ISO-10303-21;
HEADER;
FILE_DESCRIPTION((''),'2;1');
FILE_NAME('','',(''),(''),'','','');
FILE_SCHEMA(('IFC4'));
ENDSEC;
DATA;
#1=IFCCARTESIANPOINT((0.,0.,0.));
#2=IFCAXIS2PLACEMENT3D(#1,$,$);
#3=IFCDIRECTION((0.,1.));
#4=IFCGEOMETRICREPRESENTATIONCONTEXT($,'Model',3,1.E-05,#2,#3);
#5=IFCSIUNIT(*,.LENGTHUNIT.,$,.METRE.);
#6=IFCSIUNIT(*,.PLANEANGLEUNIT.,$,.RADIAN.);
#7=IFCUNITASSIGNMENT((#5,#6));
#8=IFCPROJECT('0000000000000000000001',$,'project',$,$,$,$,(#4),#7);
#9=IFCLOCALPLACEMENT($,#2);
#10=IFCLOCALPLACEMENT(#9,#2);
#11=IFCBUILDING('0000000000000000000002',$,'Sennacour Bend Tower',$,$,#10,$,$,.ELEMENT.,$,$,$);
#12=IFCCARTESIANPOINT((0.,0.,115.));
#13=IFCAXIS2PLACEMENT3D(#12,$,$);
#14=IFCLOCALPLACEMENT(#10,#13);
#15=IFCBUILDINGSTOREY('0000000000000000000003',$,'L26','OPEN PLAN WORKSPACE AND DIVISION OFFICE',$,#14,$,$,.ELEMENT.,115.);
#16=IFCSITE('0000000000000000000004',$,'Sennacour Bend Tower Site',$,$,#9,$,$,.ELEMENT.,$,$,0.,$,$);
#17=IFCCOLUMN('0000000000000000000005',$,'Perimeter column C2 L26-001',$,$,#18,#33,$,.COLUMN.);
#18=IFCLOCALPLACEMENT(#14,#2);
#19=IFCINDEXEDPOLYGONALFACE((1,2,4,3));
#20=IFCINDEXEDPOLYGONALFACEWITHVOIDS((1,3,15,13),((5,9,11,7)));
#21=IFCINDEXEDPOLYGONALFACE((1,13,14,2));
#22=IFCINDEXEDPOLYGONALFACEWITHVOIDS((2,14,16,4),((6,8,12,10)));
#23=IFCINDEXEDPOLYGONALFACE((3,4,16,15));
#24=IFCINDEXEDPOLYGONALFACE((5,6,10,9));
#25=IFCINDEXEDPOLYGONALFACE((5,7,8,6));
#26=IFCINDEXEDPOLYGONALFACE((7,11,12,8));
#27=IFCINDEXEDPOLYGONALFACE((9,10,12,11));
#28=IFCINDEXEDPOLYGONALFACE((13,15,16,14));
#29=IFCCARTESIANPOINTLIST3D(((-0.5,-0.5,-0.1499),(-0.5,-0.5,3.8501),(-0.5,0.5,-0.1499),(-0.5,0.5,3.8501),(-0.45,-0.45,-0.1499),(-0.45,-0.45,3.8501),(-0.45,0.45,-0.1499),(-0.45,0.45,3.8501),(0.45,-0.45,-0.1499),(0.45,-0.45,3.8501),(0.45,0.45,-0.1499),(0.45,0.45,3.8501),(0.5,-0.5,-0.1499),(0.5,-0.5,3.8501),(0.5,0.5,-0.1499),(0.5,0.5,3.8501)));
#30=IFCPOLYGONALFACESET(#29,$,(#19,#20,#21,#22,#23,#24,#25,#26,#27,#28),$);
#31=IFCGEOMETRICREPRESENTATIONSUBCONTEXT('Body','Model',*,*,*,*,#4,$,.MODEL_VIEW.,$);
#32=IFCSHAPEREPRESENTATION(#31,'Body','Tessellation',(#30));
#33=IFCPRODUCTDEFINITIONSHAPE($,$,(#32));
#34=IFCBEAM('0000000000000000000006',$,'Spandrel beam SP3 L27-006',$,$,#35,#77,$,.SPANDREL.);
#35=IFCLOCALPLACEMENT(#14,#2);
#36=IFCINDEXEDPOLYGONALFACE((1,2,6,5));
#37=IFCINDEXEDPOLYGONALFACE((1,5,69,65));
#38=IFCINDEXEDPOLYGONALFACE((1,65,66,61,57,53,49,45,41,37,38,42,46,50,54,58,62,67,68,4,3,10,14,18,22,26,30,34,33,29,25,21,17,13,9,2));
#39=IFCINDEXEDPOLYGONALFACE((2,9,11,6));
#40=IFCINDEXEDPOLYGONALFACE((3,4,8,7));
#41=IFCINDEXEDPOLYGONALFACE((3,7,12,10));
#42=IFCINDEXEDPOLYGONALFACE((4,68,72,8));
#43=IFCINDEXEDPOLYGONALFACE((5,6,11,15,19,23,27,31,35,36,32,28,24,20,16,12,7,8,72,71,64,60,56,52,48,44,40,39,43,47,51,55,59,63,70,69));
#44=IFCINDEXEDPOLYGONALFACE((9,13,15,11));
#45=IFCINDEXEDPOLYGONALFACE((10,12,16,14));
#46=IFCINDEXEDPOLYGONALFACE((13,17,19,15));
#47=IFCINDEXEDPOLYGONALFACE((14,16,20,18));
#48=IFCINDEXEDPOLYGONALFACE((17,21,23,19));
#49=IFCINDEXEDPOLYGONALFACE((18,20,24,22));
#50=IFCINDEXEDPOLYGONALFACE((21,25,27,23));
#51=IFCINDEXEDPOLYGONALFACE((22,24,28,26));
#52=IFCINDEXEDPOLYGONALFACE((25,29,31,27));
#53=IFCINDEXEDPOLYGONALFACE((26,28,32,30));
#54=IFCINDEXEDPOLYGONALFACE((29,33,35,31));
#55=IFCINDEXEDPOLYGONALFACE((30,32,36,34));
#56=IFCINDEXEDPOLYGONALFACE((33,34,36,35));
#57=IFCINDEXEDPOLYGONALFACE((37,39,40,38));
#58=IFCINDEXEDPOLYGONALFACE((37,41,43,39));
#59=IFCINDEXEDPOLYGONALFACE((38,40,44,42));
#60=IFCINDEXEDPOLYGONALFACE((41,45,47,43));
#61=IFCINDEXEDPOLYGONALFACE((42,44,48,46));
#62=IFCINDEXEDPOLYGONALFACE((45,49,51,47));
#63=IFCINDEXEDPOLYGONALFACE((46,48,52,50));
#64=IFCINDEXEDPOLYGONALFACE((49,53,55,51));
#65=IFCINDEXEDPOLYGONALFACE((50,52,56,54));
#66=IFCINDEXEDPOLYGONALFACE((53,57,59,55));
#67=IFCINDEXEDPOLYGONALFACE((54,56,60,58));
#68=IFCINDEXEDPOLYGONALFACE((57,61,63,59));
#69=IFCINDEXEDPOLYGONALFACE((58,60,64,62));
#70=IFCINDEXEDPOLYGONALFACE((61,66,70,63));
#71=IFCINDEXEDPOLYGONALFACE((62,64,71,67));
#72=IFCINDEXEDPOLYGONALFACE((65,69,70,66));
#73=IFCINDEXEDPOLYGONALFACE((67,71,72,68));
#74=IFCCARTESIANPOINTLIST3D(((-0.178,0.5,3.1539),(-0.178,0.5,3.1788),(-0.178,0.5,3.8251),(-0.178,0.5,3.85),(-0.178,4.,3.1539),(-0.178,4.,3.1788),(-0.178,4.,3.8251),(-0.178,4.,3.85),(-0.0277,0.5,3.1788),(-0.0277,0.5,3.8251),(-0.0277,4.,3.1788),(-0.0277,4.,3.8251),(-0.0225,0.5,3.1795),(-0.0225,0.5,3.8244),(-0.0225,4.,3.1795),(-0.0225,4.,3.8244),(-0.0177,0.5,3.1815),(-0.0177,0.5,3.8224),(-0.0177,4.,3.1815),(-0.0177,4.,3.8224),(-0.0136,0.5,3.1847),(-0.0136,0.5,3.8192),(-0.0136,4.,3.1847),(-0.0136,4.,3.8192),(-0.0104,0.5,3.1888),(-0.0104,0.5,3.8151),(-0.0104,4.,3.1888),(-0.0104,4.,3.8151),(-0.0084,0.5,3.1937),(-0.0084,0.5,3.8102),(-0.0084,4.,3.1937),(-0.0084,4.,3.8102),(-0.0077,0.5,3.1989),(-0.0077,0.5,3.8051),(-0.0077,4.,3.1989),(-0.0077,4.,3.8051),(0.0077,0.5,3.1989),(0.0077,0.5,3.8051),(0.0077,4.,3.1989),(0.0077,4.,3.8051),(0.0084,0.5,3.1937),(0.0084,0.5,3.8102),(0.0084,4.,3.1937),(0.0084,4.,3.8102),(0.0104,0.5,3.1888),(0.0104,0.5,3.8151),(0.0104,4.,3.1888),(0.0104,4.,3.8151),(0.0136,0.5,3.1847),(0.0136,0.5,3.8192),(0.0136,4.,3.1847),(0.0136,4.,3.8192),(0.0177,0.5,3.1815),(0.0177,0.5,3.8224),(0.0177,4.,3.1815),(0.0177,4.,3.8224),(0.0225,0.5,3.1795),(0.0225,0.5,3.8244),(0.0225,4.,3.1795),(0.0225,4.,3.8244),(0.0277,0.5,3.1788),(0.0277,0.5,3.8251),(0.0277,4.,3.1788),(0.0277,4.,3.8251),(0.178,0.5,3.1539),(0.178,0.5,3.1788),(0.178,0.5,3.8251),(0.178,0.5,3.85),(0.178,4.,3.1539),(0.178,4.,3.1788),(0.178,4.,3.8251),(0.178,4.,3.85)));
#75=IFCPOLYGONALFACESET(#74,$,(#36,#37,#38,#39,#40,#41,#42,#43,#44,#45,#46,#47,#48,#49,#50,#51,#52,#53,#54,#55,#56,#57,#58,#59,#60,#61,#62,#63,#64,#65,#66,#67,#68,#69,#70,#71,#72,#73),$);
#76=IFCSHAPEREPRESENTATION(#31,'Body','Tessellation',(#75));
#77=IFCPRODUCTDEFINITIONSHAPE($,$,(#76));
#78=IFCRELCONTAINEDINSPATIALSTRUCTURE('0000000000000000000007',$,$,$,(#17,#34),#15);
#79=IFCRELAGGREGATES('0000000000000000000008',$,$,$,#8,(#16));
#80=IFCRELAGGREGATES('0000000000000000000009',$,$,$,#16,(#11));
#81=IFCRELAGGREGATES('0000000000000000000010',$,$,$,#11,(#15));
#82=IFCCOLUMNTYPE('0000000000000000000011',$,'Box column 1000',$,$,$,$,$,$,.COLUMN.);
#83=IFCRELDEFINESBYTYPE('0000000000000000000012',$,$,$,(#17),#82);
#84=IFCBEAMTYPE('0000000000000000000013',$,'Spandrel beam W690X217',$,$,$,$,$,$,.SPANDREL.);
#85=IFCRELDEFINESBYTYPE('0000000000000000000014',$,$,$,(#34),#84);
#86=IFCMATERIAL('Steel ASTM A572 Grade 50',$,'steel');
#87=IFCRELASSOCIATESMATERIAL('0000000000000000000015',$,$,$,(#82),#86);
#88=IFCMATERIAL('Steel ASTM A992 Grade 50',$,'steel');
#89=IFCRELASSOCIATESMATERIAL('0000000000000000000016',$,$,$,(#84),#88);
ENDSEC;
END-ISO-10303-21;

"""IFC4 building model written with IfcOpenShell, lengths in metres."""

from ifc_helpers import new_model, si_unit, direction, frame, origin, origin_2d, place, context, subcontext, project, spatial, hollow_rectangle, i_section, extrude, material, material_profile, profile_set, type_object, element, save


model = new_model("IFC4")

# Units and contexts
model_context = context("Model", 3, precision=1e-05, world=origin(), true_north=direction((0.0, 1.0)))
body_context = subcontext(model_context, "Body", "Model", "MODEL_VIEW")
ifc_project = project(units=[si_unit("LENGTHUNIT", "METRE"), si_unit("PLANEANGLEUNIT", "RADIAN")], contexts=[model_context])

# Site, building, storey
site_placement = place(None, origin())
site = spatial("IfcSite", under=ifc_project, at=site_placement, Name="Sennacour Bend Tower Site", CompositionType="ELEMENT", RefElevation=0.0)
building_placement = place(site_placement, origin())
building = spatial("IfcBuilding", under=site, at=building_placement, Name="Sennacour Bend Tower", CompositionType="ELEMENT")
storey_placement = place(building_placement, frame((0.0, 0.0, 115.0)))
storey = spatial("IfcBuildingStorey", under=building, at=storey_placement, Name="L26", Description="OPEN PLAN WORKSPACE AND DIVISION OFFICE", CompositionType="ELEMENT", Elevation=115.0)

# Column
ifc_material_1 = material(Name="Steel ASTM A572 Grade 50", Category="steel")
ifc_material_profile_1 = material_profile(ifc_material_1, hollow_rectangle(XDim=1.0, YDim=1.0, WallThickness=0.05, at=origin_2d()), Name="Steel ASTM A572 Grade 50", Category="steel")
ifc_profile_set_1 = profile_set([ifc_material_profile_1], Name="Steel ASTM A572 Grade 50")
column_type = type_object("IfcColumnType", Name="Box column 1000", PredefinedType="COLUMN", material=ifc_profile_set_1)
column_placement = place(storey_placement, frame((0.0, 0.0, -0.1499), z_axis=(0.0, 0.0, 1.0), x_axis=(1.0, 0.0, 0.0)))
element("IfcColumn", 1, at=column_placement, inside=storey, type_object=column_type, Name="Perimeter column C2 L26-001", PredefinedType="COLUMN", context=body_context, shape_type="SweptSolid", body=[
    extrude(hollow_rectangle(XDim=1.0, YDim=1.0, WallThickness=0.05, at=origin_2d()), origin(), (0.0, 0.0, 1.0), 4.0),
])

# Beam
ifc_material_2 = material(Name="Steel ASTM A992 Grade 50", Category="steel")
ifc_material_profile_2 = material_profile(ifc_material_2, i_section(OverallWidth=0.356, OverallDepth=0.696, WebThickness=0.0154, FlangeThickness=0.0249, FilletRadius=0.02, at=origin_2d()), Name="Steel ASTM A992 Grade 50", Category="steel")
ifc_profile_set_2 = profile_set([ifc_material_profile_2], Name="Steel ASTM A992 Grade 50")
beam_type = type_object("IfcBeamType", Name="Spandrel beam W690X217", PredefinedType="SPANDREL", material=ifc_profile_set_2)
beam_placement = place(storey_placement, frame((0.0, 0.5, 3.502), z_axis=(0.0, 1.0, 0.0), x_axis=(-1.0, 0.0, 0.0)))
element("IfcBeam", 2, at=beam_placement, inside=storey, type_object=beam_type, Name="Spandrel beam SP3 L27-006", PredefinedType="SPANDREL", context=body_context, shape_type="SweptSolid", body=[
    extrude(i_section(OverallWidth=0.356, OverallDepth=0.696, WebThickness=0.0154, FlangeThickness=0.0249, FilletRadius=0.02, at=origin_2d()), origin(), (0.0, 0.0, 1.0), 3.5),
])

save(model, "model.ifc")
